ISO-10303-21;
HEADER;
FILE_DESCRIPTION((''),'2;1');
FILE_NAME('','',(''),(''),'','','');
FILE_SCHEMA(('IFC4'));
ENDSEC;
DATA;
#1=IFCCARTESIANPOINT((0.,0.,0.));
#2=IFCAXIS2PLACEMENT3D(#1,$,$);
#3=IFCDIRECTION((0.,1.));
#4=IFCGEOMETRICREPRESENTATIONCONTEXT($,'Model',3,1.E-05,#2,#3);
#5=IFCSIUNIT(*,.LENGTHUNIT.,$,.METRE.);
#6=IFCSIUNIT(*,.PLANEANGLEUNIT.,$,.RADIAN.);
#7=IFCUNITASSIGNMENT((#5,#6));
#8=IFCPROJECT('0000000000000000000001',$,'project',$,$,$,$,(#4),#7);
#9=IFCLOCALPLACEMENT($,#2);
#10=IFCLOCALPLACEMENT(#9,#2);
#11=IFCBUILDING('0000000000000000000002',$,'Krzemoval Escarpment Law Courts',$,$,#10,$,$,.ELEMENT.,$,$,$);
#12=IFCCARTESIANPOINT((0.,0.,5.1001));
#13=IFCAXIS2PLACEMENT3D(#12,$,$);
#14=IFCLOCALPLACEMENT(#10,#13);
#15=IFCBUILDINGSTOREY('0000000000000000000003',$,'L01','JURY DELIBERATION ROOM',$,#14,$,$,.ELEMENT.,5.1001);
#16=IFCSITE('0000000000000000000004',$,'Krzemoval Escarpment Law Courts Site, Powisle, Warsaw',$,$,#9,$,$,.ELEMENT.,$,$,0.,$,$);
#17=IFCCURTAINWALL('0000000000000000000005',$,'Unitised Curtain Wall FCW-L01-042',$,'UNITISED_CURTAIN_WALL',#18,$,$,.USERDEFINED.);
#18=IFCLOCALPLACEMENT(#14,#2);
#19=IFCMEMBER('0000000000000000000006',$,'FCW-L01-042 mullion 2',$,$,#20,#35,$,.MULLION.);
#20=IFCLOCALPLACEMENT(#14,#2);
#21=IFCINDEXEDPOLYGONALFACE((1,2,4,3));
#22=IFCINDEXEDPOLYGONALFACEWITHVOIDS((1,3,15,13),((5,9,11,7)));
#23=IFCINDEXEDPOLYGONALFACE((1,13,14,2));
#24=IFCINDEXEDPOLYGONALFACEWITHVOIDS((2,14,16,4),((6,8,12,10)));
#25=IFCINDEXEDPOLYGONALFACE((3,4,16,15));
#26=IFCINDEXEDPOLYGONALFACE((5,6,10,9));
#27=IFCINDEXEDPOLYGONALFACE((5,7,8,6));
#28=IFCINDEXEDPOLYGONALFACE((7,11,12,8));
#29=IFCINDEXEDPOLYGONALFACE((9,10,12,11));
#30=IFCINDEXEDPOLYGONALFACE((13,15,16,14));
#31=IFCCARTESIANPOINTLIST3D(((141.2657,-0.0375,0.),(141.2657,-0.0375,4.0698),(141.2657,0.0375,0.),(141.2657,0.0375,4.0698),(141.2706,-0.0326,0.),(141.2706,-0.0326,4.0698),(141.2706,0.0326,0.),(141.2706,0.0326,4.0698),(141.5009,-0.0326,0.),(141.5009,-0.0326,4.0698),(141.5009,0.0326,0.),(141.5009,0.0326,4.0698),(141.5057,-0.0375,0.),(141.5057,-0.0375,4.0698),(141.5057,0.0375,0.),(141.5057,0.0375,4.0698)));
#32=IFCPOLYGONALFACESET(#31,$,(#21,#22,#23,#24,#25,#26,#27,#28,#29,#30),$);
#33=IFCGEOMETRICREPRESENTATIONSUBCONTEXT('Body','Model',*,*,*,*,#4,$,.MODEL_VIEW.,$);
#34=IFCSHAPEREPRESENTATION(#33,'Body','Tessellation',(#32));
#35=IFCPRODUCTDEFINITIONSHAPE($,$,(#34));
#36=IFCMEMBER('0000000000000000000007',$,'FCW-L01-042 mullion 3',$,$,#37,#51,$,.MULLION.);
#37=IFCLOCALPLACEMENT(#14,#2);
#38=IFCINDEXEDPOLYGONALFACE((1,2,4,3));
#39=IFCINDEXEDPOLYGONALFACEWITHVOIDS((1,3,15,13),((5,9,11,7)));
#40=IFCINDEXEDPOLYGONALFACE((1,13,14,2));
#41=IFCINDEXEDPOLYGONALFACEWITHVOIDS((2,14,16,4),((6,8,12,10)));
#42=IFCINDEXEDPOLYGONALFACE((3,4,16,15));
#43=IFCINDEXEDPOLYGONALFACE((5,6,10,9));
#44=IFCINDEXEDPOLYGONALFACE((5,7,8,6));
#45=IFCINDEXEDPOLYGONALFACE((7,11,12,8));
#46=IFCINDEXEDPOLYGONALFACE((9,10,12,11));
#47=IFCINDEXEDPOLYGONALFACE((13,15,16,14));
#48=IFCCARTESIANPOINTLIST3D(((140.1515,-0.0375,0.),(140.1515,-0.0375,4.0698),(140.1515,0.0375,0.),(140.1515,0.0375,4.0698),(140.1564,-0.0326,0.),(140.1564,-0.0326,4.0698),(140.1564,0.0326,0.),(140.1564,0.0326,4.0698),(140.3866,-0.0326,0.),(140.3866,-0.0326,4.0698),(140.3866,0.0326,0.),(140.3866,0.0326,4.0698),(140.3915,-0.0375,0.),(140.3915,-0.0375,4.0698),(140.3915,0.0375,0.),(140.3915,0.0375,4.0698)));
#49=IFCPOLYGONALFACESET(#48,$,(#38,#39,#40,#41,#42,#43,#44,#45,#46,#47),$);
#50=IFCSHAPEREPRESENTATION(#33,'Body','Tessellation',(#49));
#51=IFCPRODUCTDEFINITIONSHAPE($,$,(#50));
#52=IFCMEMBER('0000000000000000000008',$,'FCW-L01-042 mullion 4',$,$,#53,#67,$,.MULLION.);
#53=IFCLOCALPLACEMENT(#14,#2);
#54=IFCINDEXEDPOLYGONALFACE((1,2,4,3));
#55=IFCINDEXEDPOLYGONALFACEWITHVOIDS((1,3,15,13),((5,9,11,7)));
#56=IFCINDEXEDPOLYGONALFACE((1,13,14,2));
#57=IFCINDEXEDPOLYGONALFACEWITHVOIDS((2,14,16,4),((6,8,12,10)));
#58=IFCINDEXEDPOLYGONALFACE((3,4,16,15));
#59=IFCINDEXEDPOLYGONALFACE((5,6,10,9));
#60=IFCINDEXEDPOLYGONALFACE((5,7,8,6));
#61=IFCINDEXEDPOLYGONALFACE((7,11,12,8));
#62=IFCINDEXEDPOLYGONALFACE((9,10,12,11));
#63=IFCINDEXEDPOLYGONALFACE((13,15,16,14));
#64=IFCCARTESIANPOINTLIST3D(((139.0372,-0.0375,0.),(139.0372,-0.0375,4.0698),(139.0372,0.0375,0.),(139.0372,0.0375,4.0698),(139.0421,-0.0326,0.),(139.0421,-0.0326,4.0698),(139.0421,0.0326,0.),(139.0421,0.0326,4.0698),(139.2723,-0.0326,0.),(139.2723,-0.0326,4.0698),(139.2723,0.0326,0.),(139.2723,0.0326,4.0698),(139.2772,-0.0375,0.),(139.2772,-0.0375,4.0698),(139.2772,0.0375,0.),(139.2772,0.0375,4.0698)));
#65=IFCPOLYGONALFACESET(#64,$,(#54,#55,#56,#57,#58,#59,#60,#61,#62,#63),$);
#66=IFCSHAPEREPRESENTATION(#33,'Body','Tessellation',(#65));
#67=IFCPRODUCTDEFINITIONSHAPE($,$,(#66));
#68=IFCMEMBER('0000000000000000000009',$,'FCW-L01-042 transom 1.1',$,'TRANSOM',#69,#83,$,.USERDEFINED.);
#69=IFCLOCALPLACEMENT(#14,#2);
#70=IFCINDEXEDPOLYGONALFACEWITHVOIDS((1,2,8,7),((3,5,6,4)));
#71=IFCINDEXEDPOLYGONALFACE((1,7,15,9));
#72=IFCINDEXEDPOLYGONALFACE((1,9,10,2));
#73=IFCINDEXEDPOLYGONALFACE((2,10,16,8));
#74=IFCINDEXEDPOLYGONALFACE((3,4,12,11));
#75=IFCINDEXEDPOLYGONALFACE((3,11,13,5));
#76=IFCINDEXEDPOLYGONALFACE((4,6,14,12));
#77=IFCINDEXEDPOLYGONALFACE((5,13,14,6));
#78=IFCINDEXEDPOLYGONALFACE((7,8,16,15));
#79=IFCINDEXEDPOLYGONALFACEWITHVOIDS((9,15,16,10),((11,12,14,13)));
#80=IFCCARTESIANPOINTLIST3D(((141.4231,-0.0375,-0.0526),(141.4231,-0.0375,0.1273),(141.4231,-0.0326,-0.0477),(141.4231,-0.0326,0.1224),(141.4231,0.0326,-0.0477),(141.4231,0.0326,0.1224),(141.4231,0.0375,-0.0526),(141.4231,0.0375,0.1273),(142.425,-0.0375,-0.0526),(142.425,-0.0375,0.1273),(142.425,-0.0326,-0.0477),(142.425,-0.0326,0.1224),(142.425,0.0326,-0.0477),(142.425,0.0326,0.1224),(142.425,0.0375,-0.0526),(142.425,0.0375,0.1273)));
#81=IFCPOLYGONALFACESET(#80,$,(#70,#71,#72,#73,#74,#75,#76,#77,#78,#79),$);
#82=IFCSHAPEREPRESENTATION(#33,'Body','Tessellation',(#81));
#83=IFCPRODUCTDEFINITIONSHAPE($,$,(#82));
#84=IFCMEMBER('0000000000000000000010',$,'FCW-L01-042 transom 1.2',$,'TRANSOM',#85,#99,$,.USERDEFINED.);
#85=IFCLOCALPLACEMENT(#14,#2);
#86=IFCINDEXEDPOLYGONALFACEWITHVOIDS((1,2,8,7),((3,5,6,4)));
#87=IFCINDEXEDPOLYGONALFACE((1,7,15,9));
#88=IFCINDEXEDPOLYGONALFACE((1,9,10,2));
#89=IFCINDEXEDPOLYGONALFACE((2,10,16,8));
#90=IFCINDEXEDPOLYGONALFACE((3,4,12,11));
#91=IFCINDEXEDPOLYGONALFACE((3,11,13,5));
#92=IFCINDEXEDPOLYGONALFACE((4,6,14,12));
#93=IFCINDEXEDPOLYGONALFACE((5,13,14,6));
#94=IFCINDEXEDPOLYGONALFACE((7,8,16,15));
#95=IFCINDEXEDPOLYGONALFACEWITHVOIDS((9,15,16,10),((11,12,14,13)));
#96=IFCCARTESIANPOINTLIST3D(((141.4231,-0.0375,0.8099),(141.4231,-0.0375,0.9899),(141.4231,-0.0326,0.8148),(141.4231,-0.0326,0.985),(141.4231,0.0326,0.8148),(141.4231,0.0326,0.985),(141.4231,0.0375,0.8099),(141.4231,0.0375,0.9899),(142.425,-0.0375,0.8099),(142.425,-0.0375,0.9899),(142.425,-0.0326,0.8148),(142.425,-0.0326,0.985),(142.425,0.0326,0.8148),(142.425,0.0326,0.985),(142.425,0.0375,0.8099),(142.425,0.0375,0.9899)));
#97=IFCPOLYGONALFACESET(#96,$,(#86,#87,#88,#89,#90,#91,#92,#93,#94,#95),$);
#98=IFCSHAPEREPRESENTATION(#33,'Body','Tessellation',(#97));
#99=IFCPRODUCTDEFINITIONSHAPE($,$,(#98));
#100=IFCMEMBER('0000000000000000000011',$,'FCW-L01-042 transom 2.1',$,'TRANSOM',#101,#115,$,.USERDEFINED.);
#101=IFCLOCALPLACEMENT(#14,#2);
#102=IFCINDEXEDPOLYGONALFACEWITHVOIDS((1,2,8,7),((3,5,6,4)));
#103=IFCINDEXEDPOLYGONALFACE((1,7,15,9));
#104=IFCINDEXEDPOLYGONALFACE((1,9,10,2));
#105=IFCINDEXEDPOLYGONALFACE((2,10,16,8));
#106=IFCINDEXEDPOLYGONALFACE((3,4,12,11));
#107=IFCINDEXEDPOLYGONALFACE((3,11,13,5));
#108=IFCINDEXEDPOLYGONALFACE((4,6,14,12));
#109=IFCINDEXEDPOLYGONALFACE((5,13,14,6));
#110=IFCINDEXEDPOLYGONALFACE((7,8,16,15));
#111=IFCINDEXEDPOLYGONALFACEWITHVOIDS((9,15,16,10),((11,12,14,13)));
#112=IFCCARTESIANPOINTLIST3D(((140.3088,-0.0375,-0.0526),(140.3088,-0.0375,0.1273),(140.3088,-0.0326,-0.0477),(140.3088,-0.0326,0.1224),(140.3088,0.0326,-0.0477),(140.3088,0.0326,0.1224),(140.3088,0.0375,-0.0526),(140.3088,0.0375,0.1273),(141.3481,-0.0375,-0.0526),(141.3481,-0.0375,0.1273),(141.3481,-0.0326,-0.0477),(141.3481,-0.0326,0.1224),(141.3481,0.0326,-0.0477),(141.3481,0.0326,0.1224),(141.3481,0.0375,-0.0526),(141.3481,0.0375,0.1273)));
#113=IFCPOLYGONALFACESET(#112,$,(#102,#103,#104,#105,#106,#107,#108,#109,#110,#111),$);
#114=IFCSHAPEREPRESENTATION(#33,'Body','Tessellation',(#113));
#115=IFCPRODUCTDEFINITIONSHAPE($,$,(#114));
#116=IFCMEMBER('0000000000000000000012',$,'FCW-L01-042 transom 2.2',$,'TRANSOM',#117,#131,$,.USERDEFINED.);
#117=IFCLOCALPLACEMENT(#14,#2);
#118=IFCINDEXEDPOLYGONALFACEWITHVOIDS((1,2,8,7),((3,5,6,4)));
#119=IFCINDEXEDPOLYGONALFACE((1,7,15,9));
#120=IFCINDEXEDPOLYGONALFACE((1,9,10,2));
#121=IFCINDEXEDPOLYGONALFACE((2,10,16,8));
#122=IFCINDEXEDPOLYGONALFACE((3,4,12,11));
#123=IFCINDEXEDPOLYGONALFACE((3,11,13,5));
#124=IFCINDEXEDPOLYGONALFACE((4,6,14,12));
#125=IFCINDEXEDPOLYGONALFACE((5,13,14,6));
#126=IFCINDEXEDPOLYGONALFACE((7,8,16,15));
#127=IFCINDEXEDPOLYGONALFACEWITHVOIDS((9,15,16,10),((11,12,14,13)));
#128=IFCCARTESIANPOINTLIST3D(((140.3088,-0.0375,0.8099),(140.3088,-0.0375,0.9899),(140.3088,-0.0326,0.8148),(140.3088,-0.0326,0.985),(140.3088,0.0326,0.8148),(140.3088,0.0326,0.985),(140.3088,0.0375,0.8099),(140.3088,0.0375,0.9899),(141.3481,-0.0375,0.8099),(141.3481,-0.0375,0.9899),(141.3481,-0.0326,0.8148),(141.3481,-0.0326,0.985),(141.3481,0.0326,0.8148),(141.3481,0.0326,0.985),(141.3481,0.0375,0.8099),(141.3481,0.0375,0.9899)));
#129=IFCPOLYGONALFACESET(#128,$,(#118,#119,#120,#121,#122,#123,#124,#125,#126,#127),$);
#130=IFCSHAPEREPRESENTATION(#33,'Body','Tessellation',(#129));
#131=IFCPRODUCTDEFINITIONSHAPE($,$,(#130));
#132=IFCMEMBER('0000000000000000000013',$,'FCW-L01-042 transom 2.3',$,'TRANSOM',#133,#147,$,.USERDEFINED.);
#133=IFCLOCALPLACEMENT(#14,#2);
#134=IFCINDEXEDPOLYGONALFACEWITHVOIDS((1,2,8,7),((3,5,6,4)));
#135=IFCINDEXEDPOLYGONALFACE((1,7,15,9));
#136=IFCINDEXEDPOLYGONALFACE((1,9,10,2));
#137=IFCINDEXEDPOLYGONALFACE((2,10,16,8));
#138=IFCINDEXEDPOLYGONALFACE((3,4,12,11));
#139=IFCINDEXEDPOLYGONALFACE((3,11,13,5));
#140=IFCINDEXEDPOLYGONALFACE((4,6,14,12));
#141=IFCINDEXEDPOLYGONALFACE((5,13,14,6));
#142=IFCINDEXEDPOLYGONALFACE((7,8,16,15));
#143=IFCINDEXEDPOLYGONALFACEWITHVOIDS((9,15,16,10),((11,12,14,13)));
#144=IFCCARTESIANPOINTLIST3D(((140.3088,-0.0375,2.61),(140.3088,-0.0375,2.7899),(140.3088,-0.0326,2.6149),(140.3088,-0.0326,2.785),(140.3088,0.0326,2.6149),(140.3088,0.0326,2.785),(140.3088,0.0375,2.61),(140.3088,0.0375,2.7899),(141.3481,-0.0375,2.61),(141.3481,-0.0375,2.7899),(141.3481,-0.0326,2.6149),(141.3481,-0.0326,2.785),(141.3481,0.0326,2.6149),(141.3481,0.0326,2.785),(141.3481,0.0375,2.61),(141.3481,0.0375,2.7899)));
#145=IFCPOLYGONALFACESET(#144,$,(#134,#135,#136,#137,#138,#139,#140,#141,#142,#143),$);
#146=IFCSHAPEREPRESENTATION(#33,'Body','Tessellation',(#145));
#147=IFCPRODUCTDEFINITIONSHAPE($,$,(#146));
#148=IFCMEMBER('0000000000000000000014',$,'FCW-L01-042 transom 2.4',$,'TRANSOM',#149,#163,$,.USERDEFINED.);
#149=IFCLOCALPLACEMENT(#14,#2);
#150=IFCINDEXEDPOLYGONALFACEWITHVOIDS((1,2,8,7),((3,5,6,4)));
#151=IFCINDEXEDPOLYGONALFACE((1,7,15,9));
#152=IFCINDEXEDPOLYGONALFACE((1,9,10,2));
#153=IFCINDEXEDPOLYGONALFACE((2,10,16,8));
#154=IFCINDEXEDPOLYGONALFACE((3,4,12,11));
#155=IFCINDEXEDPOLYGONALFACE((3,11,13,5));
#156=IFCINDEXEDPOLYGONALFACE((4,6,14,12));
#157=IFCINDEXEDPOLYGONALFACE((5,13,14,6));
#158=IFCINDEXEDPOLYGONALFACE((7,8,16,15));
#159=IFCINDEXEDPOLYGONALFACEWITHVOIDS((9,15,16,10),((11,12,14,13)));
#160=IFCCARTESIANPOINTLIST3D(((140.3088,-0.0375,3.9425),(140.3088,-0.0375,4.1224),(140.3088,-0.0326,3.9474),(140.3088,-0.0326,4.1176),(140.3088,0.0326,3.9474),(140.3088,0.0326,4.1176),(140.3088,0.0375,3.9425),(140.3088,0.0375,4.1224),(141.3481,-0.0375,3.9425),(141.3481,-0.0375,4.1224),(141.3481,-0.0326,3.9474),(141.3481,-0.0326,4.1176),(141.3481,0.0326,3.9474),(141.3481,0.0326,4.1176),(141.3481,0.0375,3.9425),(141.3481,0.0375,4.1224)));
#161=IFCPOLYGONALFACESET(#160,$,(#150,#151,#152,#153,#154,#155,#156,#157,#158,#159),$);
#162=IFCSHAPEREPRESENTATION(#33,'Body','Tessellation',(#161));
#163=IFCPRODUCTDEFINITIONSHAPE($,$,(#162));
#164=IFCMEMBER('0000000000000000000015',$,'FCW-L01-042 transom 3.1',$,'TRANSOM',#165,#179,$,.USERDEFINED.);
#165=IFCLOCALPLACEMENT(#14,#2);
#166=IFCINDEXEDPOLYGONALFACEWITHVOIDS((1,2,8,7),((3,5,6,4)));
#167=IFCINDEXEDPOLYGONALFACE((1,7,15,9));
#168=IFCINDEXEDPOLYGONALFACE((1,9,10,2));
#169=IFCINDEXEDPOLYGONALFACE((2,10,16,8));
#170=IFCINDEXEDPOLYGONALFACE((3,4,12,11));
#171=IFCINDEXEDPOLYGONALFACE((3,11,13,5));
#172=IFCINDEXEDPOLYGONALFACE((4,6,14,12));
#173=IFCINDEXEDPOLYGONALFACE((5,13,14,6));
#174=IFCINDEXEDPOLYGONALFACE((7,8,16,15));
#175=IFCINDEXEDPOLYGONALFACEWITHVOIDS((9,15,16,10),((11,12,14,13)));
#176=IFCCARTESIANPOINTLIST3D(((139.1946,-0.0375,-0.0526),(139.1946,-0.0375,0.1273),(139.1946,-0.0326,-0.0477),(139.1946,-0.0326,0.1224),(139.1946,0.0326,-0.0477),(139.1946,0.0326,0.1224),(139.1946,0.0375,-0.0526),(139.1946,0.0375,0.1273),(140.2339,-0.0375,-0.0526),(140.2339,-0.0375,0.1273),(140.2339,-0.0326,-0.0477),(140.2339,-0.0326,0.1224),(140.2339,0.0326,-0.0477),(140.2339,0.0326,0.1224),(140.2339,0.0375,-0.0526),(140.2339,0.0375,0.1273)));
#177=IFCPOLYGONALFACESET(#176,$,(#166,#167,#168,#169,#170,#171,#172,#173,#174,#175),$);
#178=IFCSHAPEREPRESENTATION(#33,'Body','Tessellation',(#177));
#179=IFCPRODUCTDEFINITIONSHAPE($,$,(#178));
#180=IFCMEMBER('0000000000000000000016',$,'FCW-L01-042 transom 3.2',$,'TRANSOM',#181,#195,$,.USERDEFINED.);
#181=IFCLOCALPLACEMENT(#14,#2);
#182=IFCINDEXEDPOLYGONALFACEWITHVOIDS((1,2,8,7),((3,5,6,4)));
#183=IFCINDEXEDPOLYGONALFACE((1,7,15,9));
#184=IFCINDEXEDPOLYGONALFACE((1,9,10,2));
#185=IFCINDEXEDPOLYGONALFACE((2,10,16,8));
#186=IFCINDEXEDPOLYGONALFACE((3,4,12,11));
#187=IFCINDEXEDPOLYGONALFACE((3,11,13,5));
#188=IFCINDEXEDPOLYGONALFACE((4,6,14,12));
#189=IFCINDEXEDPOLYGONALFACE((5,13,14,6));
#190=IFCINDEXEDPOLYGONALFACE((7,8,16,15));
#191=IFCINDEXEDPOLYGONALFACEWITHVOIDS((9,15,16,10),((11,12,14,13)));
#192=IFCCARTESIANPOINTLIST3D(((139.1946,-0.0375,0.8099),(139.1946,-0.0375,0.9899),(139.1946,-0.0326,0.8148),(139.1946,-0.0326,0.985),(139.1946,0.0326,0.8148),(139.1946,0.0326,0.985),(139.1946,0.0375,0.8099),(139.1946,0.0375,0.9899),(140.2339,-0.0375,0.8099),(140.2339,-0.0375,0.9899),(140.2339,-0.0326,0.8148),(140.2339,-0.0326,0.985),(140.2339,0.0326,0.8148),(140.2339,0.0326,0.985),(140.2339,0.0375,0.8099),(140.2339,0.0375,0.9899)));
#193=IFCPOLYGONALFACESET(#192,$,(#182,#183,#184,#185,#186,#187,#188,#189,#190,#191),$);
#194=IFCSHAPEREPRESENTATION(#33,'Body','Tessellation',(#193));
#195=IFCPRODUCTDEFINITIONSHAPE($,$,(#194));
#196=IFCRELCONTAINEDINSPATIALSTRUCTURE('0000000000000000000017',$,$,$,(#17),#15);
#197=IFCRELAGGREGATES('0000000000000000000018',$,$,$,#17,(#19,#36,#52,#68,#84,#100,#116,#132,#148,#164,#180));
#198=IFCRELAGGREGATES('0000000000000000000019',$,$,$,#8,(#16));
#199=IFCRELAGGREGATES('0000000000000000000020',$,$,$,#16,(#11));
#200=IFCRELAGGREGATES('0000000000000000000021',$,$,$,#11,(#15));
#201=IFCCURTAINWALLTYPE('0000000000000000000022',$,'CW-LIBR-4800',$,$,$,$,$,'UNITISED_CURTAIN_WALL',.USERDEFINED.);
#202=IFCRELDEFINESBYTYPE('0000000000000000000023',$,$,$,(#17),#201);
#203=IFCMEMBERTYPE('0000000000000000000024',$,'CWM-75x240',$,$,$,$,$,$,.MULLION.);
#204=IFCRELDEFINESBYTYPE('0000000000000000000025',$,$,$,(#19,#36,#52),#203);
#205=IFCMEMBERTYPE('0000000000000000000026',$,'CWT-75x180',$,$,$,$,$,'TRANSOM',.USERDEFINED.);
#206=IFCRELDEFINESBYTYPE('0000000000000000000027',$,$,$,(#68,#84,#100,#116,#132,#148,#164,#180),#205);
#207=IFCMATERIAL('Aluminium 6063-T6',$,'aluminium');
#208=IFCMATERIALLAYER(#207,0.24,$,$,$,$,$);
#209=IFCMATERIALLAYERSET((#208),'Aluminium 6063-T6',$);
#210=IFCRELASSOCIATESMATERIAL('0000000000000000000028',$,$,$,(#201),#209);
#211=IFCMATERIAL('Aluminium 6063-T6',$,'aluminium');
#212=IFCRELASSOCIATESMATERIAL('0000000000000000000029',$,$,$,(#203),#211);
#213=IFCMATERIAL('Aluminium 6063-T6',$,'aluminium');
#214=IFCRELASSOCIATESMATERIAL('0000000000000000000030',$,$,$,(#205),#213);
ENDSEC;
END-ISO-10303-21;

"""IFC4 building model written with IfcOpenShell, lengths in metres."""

from ifc_helpers import new_model, si_unit, direction, frame, origin, origin_2d, place, context, subcontext, project, spatial, hollow_rectangle, extrude, material, layer, layer_set, material_profile, profile_set, type_object, element, aggregate, save


model = new_model("IFC4")

# Units and contexts
model_context = context("Model", 3, precision=1e-05, world=origin(), true_north=direction((0.0, 1.0)))
body_context = subcontext(model_context, "Body", "Model", "MODEL_VIEW")
ifc_project = project(units=[si_unit("LENGTHUNIT", "METRE"), si_unit("PLANEANGLEUNIT", "RADIAN")], contexts=[model_context])

# Site, building, storey
site_placement = place(None, origin())
site = spatial("IfcSite", under=ifc_project, at=site_placement, Name="Krzemoval Escarpment Law Courts Site, Powisle, Warsaw", CompositionType="ELEMENT", RefElevation=0.0)
building_placement = place(site_placement, origin())
building = spatial("IfcBuilding", under=site, at=building_placement, Name="Krzemoval Escarpment Law Courts", CompositionType="ELEMENT")
storey_placement = place(building_placement, frame((0.0, 0.0, 5.1001)))
storey = spatial("IfcBuildingStorey", under=building, at=storey_placement, Name="L01", Description="JURY DELIBERATION ROOM", CompositionType="ELEMENT", Elevation=5.1001)

# Curtain wall, members
ifc_material_1 = material(Name="Aluminium 6063-T6", Category="aluminium")
ifc_layer_1 = layer(ifc_material_1, 0.24)
ifc_layer_set_1 = layer_set([ifc_layer_1], Name="Aluminium 6063-T6")
curtain_wall_type = type_object("IfcCurtainWallType", Name="CW-LIBR-4800", ElementType="UNITISED_CURTAIN_WALL", PredefinedType="USERDEFINED", material=ifc_layer_set_1)
curtain_wall_placement = place(storey_placement, origin())
curtain_wall = element("IfcCurtainWall", 1, at=curtain_wall_placement, inside=storey, type_object=curtain_wall_type, Name="Unitised Curtain Wall FCW-L01-042", ObjectType="UNITISED_CURTAIN_WALL", PredefinedType="USERDEFINED")
ifc_material_2 = material(Name="Aluminium 6063-T6", Category="aluminium")
ifc_material_profile_1 = material_profile(ifc_material_2, hollow_rectangle(XDim=0.075, YDim=0.24, WallThickness=0.0049, at=origin_2d()), Name="ALU M75x240")
ifc_profile_set_1 = profile_set([ifc_material_profile_1], Name="Aluminium 6063-T6")
member_type_1 = type_object("IfcMemberType", Name="CWM-75x240", PredefinedType="MULLION", material=ifc_profile_set_1)
member_1_placement = place(storey_placement, frame((141.3857, 0.0, 0.0), z_axis=(0.0, 0.0, 1.0), x_axis=(0.0, -1.0, 0.0)))
member_1 = element("IfcMember", 2, at=member_1_placement, type_object=member_type_1, Name="FCW-L01-042 mullion 2", PredefinedType="MULLION", context=body_context, shape_type="SweptSolid", body=[
    extrude(hollow_rectangle(XDim=0.075, YDim=0.24, WallThickness=0.0049, at=origin_2d()), origin(), (0.0, 0.0, 1.0), 4.0698),
])
member_2_placement = place(storey_placement, frame((140.2715, 0.0, 0.0), z_axis=(0.0, 0.0, 1.0), x_axis=(0.0, -1.0, 0.0)))
member_2 = element("IfcMember", 3, at=member_2_placement, type_object=member_type_1, Name="FCW-L01-042 mullion 3", PredefinedType="MULLION", context=body_context, shape_type="SweptSolid", body=[
    extrude(hollow_rectangle(XDim=0.075, YDim=0.24, WallThickness=0.0049, at=origin_2d()), origin(), (0.0, 0.0, 1.0), 4.0698),
])
member_3_placement = place(storey_placement, frame((139.1572, 0.0, 0.0), z_axis=(0.0, 0.0, 1.0), x_axis=(0.0, -1.0, 0.0)))
member_3 = element("IfcMember", 4, at=member_3_placement, type_object=member_type_1, Name="FCW-L01-042 mullion 4", PredefinedType="MULLION", context=body_context, shape_type="SweptSolid", body=[
    extrude(hollow_rectangle(XDim=0.075, YDim=0.24, WallThickness=0.0049, at=origin_2d()), origin(), (0.0, 0.0, 1.0), 4.0698),
])
ifc_material_3 = material(Name="Aluminium 6063-T6", Category="aluminium")
ifc_material_profile_2 = material_profile(ifc_material_3, hollow_rectangle(XDim=0.075, YDim=0.1799, WallThickness=0.0049, at=origin_2d()), Name="ALU T75x180")
ifc_profile_set_2 = profile_set([ifc_material_profile_2], Name="Aluminium 6063-T6")
member_type_2 = type_object("IfcMemberType", Name="CWT-75x180", ElementType="TRANSOM", PredefinedType="USERDEFINED", material=ifc_profile_set_2)
member_4_placement = place(storey_placement, frame((142.425, 0.0, 0.0374), z_axis=(-1.0, 0.0, 0.0), x_axis=(0.0, -1.0, 0.0)))
member_4 = element("IfcMember", 5, at=member_4_placement, type_object=member_type_2, Name="FCW-L01-042 transom 1.1", ObjectType="TRANSOM", PredefinedType="USERDEFINED", context=body_context, shape_type="SweptSolid", body=[
    extrude(hollow_rectangle(XDim=0.075, YDim=0.1799, WallThickness=0.0049, at=origin_2d()), origin(), (0.0, 0.0, 1.0), 1.002),
])
member_5_placement = place(storey_placement, frame((142.425, 0.0, 0.8999), z_axis=(-1.0, 0.0, 0.0), x_axis=(0.0, -1.0, 0.0)))
member_5 = element("IfcMember", 6, at=member_5_placement, type_object=member_type_2, Name="FCW-L01-042 transom 1.2", ObjectType="TRANSOM", PredefinedType="USERDEFINED", context=body_context, shape_type="SweptSolid", body=[
    extrude(hollow_rectangle(XDim=0.075, YDim=0.1799, WallThickness=0.0049, at=origin_2d()), origin(), (0.0, 0.0, 1.0), 1.002),
])
member_6_placement = place(storey_placement, frame((141.3481, 0.0, 0.0374), z_axis=(-1.0, 0.0, 0.0), x_axis=(0.0, -1.0, 0.0)))
member_6 = element("IfcMember", 7, at=member_6_placement, type_object=member_type_2, Name="FCW-L01-042 transom 2.1", ObjectType="TRANSOM", PredefinedType="USERDEFINED", context=body_context, shape_type="SweptSolid", body=[
    extrude(hollow_rectangle(XDim=0.075, YDim=0.1799, WallThickness=0.0049, at=origin_2d()), origin(), (0.0, 0.0, 1.0), 1.0393),
])
member_7_placement = place(storey_placement, frame((141.3481, 0.0, 0.8999), z_axis=(-1.0, 0.0, 0.0), x_axis=(0.0, -1.0, 0.0)))
member_7 = element("IfcMember", 8, at=member_7_placement, type_object=member_type_2, Name="FCW-L01-042 transom 2.2", ObjectType="TRANSOM", PredefinedType="USERDEFINED", context=body_context, shape_type="SweptSolid", body=[
    extrude(hollow_rectangle(XDim=0.075, YDim=0.1799, WallThickness=0.0049, at=origin_2d()), origin(), (0.0, 0.0, 1.0), 1.0393),
])
member_8_placement = place(storey_placement, frame((141.3481, 0.0, 2.7), z_axis=(-1.0, 0.0, 0.0), x_axis=(0.0, -1.0, 0.0)))
member_8 = element("IfcMember", 9, at=member_8_placement, type_object=member_type_2, Name="FCW-L01-042 transom 2.3", ObjectType="TRANSOM", PredefinedType="USERDEFINED", context=body_context, shape_type="SweptSolid", body=[
    extrude(hollow_rectangle(XDim=0.075, YDim=0.1799, WallThickness=0.0049, at=origin_2d()), origin(), (0.0, 0.0, 1.0), 1.0393),
])
member_9_placement = place(storey_placement, frame((141.3481, 0.0, 4.0325), z_axis=(-1.0, 0.0, 0.0), x_axis=(0.0, -1.0, 0.0)))
member_9 = element("IfcMember", 10, at=member_9_placement, type_object=member_type_2, Name="FCW-L01-042 transom 2.4", ObjectType="TRANSOM", PredefinedType="USERDEFINED", context=body_context, shape_type="SweptSolid", body=[
    extrude(hollow_rectangle(XDim=0.075, YDim=0.1799, WallThickness=0.0049, at=origin_2d()), origin(), (0.0, 0.0, 1.0), 1.0393),
])
member_10_placement = place(storey_placement, frame((140.2339, 0.0, 0.0374), z_axis=(-1.0, 0.0, 0.0), x_axis=(0.0, -1.0, 0.0)))
member_10 = element("IfcMember", 11, at=member_10_placement, type_object=member_type_2, Name="FCW-L01-042 transom 3.1", ObjectType="TRANSOM", PredefinedType="USERDEFINED", context=body_context, shape_type="SweptSolid", body=[
    extrude(hollow_rectangle(XDim=0.075, YDim=0.1799, WallThickness=0.0049, at=origin_2d()), origin(), (0.0, 0.0, 1.0), 1.0393),
])
member_11_placement = place(storey_placement, frame((140.2339, 0.0, 0.8999), z_axis=(-1.0, 0.0, 0.0), x_axis=(0.0, -1.0, 0.0)))
member_11 = element("IfcMember", 12, at=member_11_placement, type_object=member_type_2, Name="FCW-L01-042 transom 3.2", ObjectType="TRANSOM", PredefinedType="USERDEFINED", context=body_context, shape_type="SweptSolid", body=[
    extrude(hollow_rectangle(XDim=0.075, YDim=0.1799, WallThickness=0.0049, at=origin_2d()), origin(), (0.0, 0.0, 1.0), 1.0393),
])
aggregate(curtain_wall, [member_1, member_2, member_3, member_4, member_5, member_6, member_7, member_8, member_9, member_10, member_11])

save(model, "model.ifc")
